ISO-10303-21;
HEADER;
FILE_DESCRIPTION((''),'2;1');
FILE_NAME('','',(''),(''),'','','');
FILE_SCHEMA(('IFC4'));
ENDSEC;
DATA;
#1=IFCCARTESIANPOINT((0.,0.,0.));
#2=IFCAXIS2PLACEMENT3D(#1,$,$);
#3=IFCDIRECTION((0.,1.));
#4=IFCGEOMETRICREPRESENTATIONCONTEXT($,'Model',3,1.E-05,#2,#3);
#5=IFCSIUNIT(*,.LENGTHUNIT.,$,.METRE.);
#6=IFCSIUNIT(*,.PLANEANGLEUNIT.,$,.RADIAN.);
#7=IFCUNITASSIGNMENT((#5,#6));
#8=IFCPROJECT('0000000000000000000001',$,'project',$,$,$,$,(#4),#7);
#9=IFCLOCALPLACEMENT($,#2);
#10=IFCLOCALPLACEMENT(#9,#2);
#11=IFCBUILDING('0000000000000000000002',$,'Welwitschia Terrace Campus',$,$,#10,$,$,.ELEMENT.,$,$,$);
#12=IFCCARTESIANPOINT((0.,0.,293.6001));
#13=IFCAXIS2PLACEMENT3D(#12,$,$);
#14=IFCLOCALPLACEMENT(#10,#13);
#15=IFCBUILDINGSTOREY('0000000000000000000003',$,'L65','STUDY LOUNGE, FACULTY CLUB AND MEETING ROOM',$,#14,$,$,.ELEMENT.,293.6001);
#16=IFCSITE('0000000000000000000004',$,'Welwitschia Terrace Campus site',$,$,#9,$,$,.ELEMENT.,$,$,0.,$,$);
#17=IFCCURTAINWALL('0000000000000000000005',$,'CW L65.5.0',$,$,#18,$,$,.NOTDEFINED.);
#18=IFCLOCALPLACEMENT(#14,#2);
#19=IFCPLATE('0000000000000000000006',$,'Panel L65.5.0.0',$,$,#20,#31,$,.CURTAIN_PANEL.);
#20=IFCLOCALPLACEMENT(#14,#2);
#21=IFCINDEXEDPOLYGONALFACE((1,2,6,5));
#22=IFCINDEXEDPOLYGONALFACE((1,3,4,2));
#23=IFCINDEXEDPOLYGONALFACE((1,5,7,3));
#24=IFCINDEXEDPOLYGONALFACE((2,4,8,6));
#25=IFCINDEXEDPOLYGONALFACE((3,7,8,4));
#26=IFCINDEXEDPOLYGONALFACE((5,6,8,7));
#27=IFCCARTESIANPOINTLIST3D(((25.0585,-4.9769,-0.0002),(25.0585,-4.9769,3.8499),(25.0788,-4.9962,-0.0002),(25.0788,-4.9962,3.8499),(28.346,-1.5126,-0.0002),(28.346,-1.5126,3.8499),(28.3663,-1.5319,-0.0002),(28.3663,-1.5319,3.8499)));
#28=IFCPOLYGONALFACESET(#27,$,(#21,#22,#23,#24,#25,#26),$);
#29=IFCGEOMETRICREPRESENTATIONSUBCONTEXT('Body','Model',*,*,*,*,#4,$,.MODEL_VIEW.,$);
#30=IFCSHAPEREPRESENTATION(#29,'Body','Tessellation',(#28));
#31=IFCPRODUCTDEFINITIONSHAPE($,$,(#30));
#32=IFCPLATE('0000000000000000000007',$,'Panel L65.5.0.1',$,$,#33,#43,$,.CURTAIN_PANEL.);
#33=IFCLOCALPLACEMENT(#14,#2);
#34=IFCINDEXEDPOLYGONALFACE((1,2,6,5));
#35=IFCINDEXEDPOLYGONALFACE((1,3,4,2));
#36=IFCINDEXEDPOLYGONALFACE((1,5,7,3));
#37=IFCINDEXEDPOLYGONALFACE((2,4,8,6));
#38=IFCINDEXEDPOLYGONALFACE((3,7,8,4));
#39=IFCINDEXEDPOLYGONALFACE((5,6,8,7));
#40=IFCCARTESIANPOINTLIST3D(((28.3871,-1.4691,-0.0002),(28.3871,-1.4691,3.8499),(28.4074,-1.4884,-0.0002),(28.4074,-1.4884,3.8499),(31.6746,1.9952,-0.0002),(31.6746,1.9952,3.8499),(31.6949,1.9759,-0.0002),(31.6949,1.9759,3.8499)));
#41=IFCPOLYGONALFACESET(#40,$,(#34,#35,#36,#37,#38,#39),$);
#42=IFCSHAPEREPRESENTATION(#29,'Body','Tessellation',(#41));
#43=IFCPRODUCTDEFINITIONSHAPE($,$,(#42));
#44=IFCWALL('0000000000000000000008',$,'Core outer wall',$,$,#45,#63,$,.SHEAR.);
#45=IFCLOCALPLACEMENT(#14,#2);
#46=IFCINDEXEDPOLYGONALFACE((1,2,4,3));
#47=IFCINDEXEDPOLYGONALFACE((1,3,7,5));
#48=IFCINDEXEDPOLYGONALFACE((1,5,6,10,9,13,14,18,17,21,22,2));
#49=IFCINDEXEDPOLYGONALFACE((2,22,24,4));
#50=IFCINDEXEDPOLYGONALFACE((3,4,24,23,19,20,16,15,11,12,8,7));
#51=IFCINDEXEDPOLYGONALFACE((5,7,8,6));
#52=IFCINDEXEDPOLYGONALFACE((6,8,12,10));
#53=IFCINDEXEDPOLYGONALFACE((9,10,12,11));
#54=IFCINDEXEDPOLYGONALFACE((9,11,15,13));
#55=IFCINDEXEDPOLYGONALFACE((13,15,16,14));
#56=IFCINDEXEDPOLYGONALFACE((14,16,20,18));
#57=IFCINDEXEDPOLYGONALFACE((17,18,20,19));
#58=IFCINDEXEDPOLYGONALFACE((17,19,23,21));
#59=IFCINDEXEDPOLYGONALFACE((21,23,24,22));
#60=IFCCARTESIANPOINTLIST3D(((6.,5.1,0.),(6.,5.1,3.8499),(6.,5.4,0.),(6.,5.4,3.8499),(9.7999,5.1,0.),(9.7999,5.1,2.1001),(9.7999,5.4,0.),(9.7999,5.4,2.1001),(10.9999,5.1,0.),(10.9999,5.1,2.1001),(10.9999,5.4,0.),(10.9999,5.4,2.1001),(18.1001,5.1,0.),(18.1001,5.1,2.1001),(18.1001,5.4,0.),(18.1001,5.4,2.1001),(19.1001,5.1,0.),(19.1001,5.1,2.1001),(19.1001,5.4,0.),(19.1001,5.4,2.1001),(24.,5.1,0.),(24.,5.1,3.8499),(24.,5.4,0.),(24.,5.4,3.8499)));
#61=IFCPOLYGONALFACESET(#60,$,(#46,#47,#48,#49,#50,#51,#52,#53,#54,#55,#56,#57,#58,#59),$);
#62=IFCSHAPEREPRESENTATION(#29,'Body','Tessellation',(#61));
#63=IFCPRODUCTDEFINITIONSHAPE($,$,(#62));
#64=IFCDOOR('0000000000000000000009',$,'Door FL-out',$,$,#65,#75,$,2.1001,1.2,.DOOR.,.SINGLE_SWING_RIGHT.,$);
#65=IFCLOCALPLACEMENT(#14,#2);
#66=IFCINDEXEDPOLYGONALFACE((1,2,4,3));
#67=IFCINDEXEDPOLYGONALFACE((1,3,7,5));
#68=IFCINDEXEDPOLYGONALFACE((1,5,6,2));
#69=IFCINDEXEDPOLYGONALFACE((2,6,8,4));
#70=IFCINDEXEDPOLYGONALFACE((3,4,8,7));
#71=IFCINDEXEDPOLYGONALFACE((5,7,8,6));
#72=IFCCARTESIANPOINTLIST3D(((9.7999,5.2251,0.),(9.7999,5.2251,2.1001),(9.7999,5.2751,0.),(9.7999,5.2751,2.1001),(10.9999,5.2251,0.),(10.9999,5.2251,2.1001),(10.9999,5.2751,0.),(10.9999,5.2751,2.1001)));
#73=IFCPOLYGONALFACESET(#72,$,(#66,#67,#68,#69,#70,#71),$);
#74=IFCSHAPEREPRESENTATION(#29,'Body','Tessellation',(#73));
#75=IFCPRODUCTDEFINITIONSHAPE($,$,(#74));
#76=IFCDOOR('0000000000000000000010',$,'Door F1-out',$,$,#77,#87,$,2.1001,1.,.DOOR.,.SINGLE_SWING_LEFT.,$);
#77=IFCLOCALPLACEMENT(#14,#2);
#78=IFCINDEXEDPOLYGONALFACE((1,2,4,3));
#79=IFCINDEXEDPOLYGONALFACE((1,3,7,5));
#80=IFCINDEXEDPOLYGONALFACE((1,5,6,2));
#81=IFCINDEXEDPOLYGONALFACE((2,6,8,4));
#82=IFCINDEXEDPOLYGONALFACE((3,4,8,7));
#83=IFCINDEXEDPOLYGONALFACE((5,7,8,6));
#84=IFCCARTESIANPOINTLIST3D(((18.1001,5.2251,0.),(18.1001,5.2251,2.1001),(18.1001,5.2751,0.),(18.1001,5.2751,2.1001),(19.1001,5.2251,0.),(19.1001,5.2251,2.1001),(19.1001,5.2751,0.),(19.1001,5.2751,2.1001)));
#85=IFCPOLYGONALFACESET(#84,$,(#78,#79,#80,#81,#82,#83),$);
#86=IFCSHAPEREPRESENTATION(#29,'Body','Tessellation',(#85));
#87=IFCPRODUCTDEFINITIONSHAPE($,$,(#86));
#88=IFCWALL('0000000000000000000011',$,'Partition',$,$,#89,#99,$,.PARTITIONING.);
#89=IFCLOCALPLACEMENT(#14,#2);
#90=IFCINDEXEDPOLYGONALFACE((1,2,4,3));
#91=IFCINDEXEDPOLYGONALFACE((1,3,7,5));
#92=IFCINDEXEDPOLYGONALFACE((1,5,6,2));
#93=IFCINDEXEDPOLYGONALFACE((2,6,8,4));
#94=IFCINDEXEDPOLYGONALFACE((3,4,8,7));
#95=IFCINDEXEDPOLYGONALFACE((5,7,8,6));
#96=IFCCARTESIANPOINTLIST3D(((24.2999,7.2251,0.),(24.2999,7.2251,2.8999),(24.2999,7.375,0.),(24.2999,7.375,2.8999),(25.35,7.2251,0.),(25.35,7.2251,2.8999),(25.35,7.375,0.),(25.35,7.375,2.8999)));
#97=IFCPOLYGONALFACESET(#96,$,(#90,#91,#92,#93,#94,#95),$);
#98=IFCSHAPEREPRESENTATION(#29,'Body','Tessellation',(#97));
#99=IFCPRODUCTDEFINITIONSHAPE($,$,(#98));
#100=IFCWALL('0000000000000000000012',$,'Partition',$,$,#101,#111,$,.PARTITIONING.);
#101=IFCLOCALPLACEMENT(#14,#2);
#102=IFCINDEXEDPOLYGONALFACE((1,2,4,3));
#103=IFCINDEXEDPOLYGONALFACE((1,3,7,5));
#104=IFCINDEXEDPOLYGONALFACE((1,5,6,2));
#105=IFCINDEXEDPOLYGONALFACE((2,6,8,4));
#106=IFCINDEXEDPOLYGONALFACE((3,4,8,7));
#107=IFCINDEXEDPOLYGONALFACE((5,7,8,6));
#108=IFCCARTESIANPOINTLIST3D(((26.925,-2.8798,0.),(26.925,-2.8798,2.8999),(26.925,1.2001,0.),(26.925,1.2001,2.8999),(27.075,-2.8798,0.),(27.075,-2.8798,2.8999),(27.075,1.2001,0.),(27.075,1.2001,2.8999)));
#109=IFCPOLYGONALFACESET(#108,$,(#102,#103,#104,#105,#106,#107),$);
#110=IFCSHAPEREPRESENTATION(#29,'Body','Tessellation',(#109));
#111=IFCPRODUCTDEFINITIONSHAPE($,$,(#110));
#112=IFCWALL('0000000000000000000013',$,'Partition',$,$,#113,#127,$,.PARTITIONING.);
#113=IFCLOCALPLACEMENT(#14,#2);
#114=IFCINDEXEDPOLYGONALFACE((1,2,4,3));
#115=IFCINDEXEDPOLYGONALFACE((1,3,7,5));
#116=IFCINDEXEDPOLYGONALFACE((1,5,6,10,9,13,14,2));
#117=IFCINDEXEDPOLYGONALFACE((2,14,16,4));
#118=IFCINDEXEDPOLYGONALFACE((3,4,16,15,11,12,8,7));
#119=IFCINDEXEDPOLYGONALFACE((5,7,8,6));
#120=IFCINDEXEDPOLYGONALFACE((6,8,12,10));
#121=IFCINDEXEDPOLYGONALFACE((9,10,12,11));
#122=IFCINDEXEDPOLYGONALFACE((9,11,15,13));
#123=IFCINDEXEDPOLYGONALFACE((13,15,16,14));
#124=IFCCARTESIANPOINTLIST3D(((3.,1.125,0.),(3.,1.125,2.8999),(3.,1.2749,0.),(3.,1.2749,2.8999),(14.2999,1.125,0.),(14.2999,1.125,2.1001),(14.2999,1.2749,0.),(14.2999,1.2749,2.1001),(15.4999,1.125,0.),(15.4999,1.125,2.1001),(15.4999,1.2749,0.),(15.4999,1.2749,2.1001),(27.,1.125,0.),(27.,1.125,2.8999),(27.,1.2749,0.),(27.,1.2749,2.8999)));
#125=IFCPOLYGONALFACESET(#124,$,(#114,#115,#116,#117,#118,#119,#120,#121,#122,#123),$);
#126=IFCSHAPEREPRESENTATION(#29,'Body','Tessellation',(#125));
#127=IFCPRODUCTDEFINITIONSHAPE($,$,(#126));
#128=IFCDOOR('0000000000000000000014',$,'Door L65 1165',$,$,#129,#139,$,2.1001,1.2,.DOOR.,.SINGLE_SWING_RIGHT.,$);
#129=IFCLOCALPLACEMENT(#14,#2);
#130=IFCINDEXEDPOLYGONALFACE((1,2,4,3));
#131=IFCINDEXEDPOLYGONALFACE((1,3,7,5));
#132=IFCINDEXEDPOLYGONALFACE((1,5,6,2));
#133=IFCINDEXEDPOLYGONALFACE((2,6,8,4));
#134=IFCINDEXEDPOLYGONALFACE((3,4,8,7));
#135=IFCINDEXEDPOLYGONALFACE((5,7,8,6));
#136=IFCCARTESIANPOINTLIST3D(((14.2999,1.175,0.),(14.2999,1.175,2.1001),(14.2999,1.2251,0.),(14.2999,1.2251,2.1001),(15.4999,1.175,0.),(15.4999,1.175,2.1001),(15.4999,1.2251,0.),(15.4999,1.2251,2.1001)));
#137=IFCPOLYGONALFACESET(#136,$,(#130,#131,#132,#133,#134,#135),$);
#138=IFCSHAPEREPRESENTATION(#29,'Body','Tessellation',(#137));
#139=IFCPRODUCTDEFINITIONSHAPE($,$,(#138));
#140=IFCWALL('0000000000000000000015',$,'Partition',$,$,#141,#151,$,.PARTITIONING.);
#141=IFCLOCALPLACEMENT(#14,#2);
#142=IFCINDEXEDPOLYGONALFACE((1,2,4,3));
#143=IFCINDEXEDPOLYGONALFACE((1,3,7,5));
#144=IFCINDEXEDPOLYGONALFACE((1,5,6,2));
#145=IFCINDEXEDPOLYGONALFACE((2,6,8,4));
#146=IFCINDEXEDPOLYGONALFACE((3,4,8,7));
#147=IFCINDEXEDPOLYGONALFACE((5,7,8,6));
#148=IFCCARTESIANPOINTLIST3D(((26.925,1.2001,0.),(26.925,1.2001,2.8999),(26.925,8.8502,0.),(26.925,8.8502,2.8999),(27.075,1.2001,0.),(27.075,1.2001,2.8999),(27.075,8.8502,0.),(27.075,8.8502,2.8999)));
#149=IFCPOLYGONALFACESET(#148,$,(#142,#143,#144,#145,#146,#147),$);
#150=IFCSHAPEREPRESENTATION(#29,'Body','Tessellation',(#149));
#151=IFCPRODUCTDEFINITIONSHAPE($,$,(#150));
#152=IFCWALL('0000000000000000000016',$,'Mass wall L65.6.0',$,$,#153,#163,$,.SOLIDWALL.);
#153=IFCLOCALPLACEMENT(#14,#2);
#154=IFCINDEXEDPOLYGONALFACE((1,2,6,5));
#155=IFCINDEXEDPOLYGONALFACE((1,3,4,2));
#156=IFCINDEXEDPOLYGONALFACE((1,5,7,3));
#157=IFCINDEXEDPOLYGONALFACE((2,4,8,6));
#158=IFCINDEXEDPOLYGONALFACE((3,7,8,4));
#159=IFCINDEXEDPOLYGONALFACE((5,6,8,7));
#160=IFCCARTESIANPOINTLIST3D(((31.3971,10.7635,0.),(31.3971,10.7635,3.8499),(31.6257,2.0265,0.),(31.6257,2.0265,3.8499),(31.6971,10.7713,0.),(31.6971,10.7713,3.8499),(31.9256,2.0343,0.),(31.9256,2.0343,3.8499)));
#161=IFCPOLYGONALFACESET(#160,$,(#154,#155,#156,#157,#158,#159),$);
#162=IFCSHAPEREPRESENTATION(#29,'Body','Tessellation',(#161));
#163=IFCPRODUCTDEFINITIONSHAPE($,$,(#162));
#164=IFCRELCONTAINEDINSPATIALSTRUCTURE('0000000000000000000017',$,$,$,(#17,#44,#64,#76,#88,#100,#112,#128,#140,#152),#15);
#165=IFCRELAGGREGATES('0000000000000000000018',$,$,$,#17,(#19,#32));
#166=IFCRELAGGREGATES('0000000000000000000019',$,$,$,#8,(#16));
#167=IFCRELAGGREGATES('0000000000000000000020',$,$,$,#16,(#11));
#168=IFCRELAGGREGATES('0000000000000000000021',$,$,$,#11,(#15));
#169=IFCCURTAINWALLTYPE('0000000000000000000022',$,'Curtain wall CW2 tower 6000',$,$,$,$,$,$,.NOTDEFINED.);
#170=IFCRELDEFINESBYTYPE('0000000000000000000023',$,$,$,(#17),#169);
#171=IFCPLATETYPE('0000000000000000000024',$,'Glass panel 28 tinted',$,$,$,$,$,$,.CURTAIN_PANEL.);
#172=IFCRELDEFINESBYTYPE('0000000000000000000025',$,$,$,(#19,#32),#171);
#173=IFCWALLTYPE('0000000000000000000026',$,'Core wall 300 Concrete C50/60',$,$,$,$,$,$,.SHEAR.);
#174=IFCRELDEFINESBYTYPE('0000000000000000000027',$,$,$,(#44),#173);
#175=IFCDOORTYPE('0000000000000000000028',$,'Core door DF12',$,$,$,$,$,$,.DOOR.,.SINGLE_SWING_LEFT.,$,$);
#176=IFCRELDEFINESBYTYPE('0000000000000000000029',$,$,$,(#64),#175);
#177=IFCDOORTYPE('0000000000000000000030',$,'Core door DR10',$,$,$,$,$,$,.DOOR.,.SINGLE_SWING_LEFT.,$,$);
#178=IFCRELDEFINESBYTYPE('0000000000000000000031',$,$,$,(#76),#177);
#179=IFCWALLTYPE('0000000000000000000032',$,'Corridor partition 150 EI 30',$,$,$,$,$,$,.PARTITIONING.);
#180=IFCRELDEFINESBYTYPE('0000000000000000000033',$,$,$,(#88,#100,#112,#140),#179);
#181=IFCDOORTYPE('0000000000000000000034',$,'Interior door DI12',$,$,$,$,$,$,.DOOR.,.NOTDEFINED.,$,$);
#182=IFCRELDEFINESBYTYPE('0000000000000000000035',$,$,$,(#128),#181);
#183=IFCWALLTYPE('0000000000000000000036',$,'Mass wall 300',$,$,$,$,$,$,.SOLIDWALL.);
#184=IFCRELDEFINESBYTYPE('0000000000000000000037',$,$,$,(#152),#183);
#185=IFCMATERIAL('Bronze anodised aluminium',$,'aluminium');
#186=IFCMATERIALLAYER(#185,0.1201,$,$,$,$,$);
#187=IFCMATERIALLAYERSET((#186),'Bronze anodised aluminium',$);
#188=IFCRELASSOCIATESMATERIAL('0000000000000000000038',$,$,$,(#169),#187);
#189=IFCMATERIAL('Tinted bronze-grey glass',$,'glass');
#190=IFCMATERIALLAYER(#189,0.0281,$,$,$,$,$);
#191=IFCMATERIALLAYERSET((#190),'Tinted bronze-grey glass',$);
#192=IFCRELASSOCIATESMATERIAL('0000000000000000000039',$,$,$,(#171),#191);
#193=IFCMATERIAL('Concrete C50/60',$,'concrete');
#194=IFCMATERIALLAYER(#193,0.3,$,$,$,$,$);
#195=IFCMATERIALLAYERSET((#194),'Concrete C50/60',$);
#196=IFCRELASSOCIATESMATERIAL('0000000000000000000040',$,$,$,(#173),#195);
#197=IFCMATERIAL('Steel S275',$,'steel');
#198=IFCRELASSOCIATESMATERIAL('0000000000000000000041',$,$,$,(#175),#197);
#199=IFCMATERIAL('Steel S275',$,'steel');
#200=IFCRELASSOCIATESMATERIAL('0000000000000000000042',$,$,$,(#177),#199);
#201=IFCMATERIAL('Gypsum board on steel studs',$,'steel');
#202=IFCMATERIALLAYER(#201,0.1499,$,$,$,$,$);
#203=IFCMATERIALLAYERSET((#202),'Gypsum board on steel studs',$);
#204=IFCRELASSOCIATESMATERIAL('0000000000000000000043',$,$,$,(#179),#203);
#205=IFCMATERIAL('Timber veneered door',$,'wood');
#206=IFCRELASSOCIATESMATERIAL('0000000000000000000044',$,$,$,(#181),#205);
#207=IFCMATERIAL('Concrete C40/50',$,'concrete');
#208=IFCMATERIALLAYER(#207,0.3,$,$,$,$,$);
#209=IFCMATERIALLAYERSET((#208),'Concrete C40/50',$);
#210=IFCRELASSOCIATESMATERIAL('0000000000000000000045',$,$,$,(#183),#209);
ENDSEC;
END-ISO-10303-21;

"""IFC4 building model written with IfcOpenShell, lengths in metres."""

from ifc_helpers import new_model, si_unit, direction, frame, frame_2d, origin, origin_2d, place, context, subcontext, project, spatial, rectangle, extrude, material, layer, layer_set, type_object, element, fill, aggregate, save


model = new_model("IFC4")

# Units and contexts
model_context = context("Model", 3, precision=1e-05, world=origin(), true_north=direction((0.0, 1.0)))
body_context = subcontext(model_context, "Body", "Model", "MODEL_VIEW")
ifc_project = project(units=[si_unit("LENGTHUNIT", "METRE"), si_unit("PLANEANGLEUNIT", "RADIAN")], contexts=[model_context])

# Site, building, storey
site_placement = place(None, origin())
site = spatial("IfcSite", under=ifc_project, at=site_placement, Name="Welwitschia Terrace Campus site", CompositionType="ELEMENT", RefElevation=0.0)
building_placement = place(site_placement, origin())
building = spatial("IfcBuilding", under=site, at=building_placement, Name="Welwitschia Terrace Campus", CompositionType="ELEMENT")
storey_placement = place(building_placement, frame((0.0, 0.0, 293.6001)))
storey = spatial("IfcBuildingStorey", under=building, at=storey_placement, Name="L65", Description="STUDY LOUNGE, FACULTY CLUB AND MEETING ROOM", CompositionType="ELEMENT", Elevation=293.6001)

# Curtain wall
ifc_material_1 = material(Name="Bronze anodised aluminium", Category="aluminium")
ifc_layer_1 = layer(ifc_material_1, 0.1201)
ifc_layer_set_1 = layer_set([ifc_layer_1], Name="Bronze anodised aluminium")
curtain_wall_type = type_object("IfcCurtainWallType", Name="Curtain wall CW2 tower 6000", PredefinedType="NOTDEFINED", material=ifc_layer_set_1)
curtain_wall_placement = place(storey_placement, origin())
curtain_wall = element("IfcCurtainWall", 1, at=curtain_wall_placement, inside=storey, type_object=curtain_wall_type, Name="CW L65.5.0", PredefinedType="NOTDEFINED")

# Plates
ifc_material_2 = material(Name="Tinted bronze-grey glass", Category="glass")
ifc_layer_2 = layer(ifc_material_2, 0.0281)
ifc_layer_set_2 = layer_set([ifc_layer_2], Name="Tinted bronze-grey glass")
plate_type = type_object("IfcPlateType", Name="Glass panel 28 tinted", PredefinedType="CURTAIN_PANEL", material=ifc_layer_set_2)
plate_1_placement = place(storey_placement, frame((26.7124, -3.2544, -0.0002), z_axis=(0.0, 0.0, 1.0), x_axis=(0.688355, 0.725374, 0.0)))
plate_1 = element("IfcPlate", 2, at=plate_1_placement, type_object=plate_type, Name="Panel L65.5.0.0", PredefinedType="CURTAIN_PANEL", context=body_context, shape_type="SweptSolid", body=[
    extrude(rectangle(XDim=4.7759, YDim=0.0281, at=origin_2d()), origin(), (0.0, 0.0, 1.0), 3.8501),
])
plate_2_placement = place(storey_placement, frame((30.041, 0.2534, -0.0002), z_axis=(0.0, 0.0, 1.0), x_axis=(0.688355, 0.725374, 0.0)))
plate_2 = element("IfcPlate", 3, at=plate_2_placement, type_object=plate_type, Name="Panel L65.5.0.1", PredefinedType="CURTAIN_PANEL", context=body_context, shape_type="SweptSolid", body=[
    extrude(rectangle(XDim=4.7759, YDim=0.0281, at=origin_2d()), origin(), (0.0, 0.0, 1.0), 3.8501),
])
aggregate(curtain_wall, [plate_1, plate_2])

# Wall, openings, doors
ifc_material_3 = material(Name="Concrete C50/60", Category="concrete")
ifc_layer_3 = layer(ifc_material_3, 0.3)
ifc_layer_set_3 = layer_set([ifc_layer_3], Name="Concrete C50/60")
wall_type_1 = type_object("IfcWallType", Name="Core wall 300 Concrete C50/60", PredefinedType="SHEAR", material=ifc_layer_set_3)
wall_1_placement = place(storey_placement, frame((24.0, 5.25, 0.0), z_axis=(0.0, 0.0, 1.0), x_axis=(-1.0, 0.0, 0.0)))
wall_1 = element("IfcWall", 4, at=wall_1_placement, inside=storey, type_object=wall_type_1, Name="Core outer wall", PredefinedType="SHEAR", context=body_context, shape_type="SweptSolid", body=[
    extrude(rectangle(XDim=18.0, YDim=0.3, at=frame_2d((9.0, 0.0))), origin(), (0.0, 0.0, 1.0), 3.8499),
])
opening_1_placement = place(wall_1_placement, frame((13.0, 0.0, 0.0)))
opening_1 = element("IfcOpeningElement", 5, at=opening_1_placement, cuts=wall_1, PredefinedType="OPENING", context=body_context, shape_type="SweptSolid", body=[
    extrude(rectangle(XDim=1.2, YDim=2.1001, at=frame_2d((0.6001, 1.05))), frame((0.0, 0.1599, 0.0), z_axis=(0.0, -1.0, 0.0), x_axis=(1.0, 0.0, 0.0)), (0.0, 0.0, 1.0), 0.3201),
])
opening_2_placement = place(wall_1_placement, frame((4.8999, 0.0, 0.0)))
opening_2 = element("IfcOpeningElement", 6, at=opening_2_placement, cuts=wall_1, PredefinedType="OPENING", context=body_context, shape_type="SweptSolid", body=[
    extrude(rectangle(XDim=1.0, YDim=2.1001, at=frame_2d((0.5, 1.05))), frame((0.0, 0.1599, 0.0), z_axis=(0.0, -1.0, 0.0), x_axis=(1.0, 0.0, 0.0)), (0.0, 0.0, 1.0), 0.3201),
])
ifc_material_4 = material(Name="Steel S275", Category="steel")
door_type_1 = type_object("IfcDoorType", Name="Core door DF12", OperationType="SINGLE_SWING_LEFT", PredefinedType="DOOR", material=ifc_material_4)
door_1_placement = place(opening_1_placement, origin())
door_1 = element("IfcDoor", 7, at=door_1_placement, inside=storey, type_object=door_type_1, Name="Door FL-out", OperationType="SINGLE_SWING_RIGHT", OverallHeight=2.1001, OverallWidth=1.2, PredefinedType="DOOR", context=body_context, shape_type="SweptSolid", body=[
    extrude(rectangle(XDim=1.2, YDim=2.1001, at=frame_2d((0.6001, 1.05))), frame((0.0, 0.0249, 0.0), z_axis=(0.0, -1.0, 0.0), x_axis=(1.0, 0.0, 0.0)), (0.0, 0.0, 1.0), 0.05),
])
fill(opening_1, door_1)
ifc_material_5 = material(Name="Steel S275", Category="steel")
door_type_2 = type_object("IfcDoorType", Name="Core door DR10", OperationType="SINGLE_SWING_LEFT", PredefinedType="DOOR", material=ifc_material_5)
door_2_placement = place(opening_2_placement, origin())
door_2 = element("IfcDoor", 8, at=door_2_placement, inside=storey, type_object=door_type_2, Name="Door F1-out", OperationType="SINGLE_SWING_LEFT", OverallHeight=2.1001, OverallWidth=1.0, PredefinedType="DOOR", context=body_context, shape_type="SweptSolid", body=[
    extrude(rectangle(XDim=1.0, YDim=2.1001, at=frame_2d((0.5, 1.05))), frame((0.0, 0.0249, 0.0), z_axis=(0.0, -1.0, 0.0), x_axis=(1.0, 0.0, 0.0)), (0.0, 0.0, 1.0), 0.05),
])
fill(opening_2, door_2)

# Walls
ifc_material_6 = material(Name="Gypsum board on steel studs", Category="steel")
ifc_layer_4 = layer(ifc_material_6, 0.1499)
ifc_layer_set_4 = layer_set([ifc_layer_4], Name="Gypsum board on steel studs")
wall_type_2 = type_object("IfcWallType", Name="Corridor partition 150 EI 30", PredefinedType="PARTITIONING", material=ifc_layer_set_4)
wall_2_placement = place(storey_placement, frame((24.3, 7.3, 0.0), z_axis=(0.0, 0.0, 1.0), x_axis=(1.0, 0.0, 0.0)))
element("IfcWall", 9, at=wall_2_placement, inside=storey, type_object=wall_type_2, Name="Partition", PredefinedType="PARTITIONING", context=body_context, shape_type="SweptSolid", body=[
    extrude(rectangle(XDim=1.05, YDim=0.1499, at=frame_2d((0.5249, 0.0))), origin(), (0.0, 0.0, 1.0), 2.8999),
])
wall_3_placement = place(storey_placement, frame((27.0, -2.8799, 0.0), z_axis=(0.0, 0.0, 1.0), x_axis=(0.0, 1.0, 0.0)))
element("IfcWall", 10, at=wall_3_placement, inside=storey, type_object=wall_type_2, Name="Partition", PredefinedType="PARTITIONING", context=body_context, shape_type="SweptSolid", body=[
    extrude(rectangle(XDim=4.0798, YDim=0.1499, at=frame_2d((2.04, 0.0))), origin(), (0.0, 0.0, 1.0), 2.8999),
])

# Wall, opening, door
wall_4_placement = place(storey_placement, frame((27.0, 1.2, 0.0), z_axis=(0.0, 0.0, 1.0), x_axis=(-1.0, 0.0, 0.0)))
wall_4 = element("IfcWall", 11, at=wall_4_placement, inside=storey, type_object=wall_type_2, Name="Partition", PredefinedType="PARTITIONING", context=body_context, shape_type="SweptSolid", body=[
    extrude(rectangle(XDim=24.0, YDim=0.1499, at=frame_2d((12.0, 0.0))), origin(), (0.0, 0.0, 1.0), 2.8999),
])
opening_3_placement = place(wall_4_placement, frame((11.5, 0.0, 0.0)))
opening_3 = element("IfcOpeningElement", 12, at=opening_3_placement, cuts=wall_4, PredefinedType="OPENING", context=body_context, shape_type="SweptSolid", body=[
    extrude(rectangle(XDim=1.2, YDim=2.1001, at=frame_2d((0.6001, 1.05))), frame((0.0, 0.085, 0.0), z_axis=(0.0, -1.0, 0.0), x_axis=(1.0, 0.0, 0.0)), (0.0, 0.0, 1.0), 0.1699),
])
ifc_material_7 = material(Name="Timber veneered door", Category="wood")
door_type_3 = type_object("IfcDoorType", Name="Interior door DI12", OperationType="NOTDEFINED", PredefinedType="DOOR", material=ifc_material_7)
door_3_placement = place(opening_3_placement, origin())
door_3 = element("IfcDoor", 13, at=door_3_placement, inside=storey, type_object=door_type_3, Name="Door L65 1165", OperationType="SINGLE_SWING_RIGHT", OverallHeight=2.1001, OverallWidth=1.2, PredefinedType="DOOR", context=body_context, shape_type="SweptSolid", body=[
    extrude(rectangle(XDim=1.2, YDim=2.1001, at=frame_2d((0.6001, 1.05))), frame((0.0, 0.0249, 0.0), z_axis=(0.0, -1.0, 0.0), x_axis=(1.0, 0.0, 0.0)), (0.0, 0.0, 1.0), 0.05),
])
fill(opening_3, door_3)

# Walls
wall_5_placement = place(storey_placement, frame((27.0, 1.2, 0.0), z_axis=(0.0, 0.0, 1.0), x_axis=(0.0, 1.0, 0.0)))
element("IfcWall", 14, at=wall_5_placement, inside=storey, type_object=wall_type_2, Name="Partition", PredefinedType="PARTITIONING", context=body_context, shape_type="SweptSolid", body=[
    extrude(rectangle(XDim=7.6501, YDim=0.1499, at=frame_2d((3.8252, 0.0))), origin(), (0.0, 0.0, 1.0), 2.8999),
])
ifc_material_8 = material(Name="Concrete C40/50", Category="concrete")
ifc_layer_5 = layer(ifc_material_8, 0.3)
ifc_layer_set_5 = layer_set([ifc_layer_5], Name="Concrete C40/50")
wall_type_3 = type_object("IfcWallType", Name="Mass wall 300", PredefinedType="SOLIDWALL", material=ifc_layer_set_5)
wall_6_placement = place(storey_placement, frame((31.7756, 2.0303, 0.0), z_axis=(0.0, 0.0, 1.0), x_axis=(-0.026146, 0.999658, 0.0)))
element("IfcWall", 15, at=wall_6_placement, inside=storey, type_object=wall_type_3, Name="Mass wall L65.6.0", PredefinedType="SOLIDWALL", context=body_context, shape_type="SweptSolid", body=[
    extrude(rectangle(XDim=8.74, YDim=0.3, at=frame_2d((4.3701, 0.0))), origin(), (0.0, 0.0, 1.0), 3.8499),
])

save(model, "model.ifc")
